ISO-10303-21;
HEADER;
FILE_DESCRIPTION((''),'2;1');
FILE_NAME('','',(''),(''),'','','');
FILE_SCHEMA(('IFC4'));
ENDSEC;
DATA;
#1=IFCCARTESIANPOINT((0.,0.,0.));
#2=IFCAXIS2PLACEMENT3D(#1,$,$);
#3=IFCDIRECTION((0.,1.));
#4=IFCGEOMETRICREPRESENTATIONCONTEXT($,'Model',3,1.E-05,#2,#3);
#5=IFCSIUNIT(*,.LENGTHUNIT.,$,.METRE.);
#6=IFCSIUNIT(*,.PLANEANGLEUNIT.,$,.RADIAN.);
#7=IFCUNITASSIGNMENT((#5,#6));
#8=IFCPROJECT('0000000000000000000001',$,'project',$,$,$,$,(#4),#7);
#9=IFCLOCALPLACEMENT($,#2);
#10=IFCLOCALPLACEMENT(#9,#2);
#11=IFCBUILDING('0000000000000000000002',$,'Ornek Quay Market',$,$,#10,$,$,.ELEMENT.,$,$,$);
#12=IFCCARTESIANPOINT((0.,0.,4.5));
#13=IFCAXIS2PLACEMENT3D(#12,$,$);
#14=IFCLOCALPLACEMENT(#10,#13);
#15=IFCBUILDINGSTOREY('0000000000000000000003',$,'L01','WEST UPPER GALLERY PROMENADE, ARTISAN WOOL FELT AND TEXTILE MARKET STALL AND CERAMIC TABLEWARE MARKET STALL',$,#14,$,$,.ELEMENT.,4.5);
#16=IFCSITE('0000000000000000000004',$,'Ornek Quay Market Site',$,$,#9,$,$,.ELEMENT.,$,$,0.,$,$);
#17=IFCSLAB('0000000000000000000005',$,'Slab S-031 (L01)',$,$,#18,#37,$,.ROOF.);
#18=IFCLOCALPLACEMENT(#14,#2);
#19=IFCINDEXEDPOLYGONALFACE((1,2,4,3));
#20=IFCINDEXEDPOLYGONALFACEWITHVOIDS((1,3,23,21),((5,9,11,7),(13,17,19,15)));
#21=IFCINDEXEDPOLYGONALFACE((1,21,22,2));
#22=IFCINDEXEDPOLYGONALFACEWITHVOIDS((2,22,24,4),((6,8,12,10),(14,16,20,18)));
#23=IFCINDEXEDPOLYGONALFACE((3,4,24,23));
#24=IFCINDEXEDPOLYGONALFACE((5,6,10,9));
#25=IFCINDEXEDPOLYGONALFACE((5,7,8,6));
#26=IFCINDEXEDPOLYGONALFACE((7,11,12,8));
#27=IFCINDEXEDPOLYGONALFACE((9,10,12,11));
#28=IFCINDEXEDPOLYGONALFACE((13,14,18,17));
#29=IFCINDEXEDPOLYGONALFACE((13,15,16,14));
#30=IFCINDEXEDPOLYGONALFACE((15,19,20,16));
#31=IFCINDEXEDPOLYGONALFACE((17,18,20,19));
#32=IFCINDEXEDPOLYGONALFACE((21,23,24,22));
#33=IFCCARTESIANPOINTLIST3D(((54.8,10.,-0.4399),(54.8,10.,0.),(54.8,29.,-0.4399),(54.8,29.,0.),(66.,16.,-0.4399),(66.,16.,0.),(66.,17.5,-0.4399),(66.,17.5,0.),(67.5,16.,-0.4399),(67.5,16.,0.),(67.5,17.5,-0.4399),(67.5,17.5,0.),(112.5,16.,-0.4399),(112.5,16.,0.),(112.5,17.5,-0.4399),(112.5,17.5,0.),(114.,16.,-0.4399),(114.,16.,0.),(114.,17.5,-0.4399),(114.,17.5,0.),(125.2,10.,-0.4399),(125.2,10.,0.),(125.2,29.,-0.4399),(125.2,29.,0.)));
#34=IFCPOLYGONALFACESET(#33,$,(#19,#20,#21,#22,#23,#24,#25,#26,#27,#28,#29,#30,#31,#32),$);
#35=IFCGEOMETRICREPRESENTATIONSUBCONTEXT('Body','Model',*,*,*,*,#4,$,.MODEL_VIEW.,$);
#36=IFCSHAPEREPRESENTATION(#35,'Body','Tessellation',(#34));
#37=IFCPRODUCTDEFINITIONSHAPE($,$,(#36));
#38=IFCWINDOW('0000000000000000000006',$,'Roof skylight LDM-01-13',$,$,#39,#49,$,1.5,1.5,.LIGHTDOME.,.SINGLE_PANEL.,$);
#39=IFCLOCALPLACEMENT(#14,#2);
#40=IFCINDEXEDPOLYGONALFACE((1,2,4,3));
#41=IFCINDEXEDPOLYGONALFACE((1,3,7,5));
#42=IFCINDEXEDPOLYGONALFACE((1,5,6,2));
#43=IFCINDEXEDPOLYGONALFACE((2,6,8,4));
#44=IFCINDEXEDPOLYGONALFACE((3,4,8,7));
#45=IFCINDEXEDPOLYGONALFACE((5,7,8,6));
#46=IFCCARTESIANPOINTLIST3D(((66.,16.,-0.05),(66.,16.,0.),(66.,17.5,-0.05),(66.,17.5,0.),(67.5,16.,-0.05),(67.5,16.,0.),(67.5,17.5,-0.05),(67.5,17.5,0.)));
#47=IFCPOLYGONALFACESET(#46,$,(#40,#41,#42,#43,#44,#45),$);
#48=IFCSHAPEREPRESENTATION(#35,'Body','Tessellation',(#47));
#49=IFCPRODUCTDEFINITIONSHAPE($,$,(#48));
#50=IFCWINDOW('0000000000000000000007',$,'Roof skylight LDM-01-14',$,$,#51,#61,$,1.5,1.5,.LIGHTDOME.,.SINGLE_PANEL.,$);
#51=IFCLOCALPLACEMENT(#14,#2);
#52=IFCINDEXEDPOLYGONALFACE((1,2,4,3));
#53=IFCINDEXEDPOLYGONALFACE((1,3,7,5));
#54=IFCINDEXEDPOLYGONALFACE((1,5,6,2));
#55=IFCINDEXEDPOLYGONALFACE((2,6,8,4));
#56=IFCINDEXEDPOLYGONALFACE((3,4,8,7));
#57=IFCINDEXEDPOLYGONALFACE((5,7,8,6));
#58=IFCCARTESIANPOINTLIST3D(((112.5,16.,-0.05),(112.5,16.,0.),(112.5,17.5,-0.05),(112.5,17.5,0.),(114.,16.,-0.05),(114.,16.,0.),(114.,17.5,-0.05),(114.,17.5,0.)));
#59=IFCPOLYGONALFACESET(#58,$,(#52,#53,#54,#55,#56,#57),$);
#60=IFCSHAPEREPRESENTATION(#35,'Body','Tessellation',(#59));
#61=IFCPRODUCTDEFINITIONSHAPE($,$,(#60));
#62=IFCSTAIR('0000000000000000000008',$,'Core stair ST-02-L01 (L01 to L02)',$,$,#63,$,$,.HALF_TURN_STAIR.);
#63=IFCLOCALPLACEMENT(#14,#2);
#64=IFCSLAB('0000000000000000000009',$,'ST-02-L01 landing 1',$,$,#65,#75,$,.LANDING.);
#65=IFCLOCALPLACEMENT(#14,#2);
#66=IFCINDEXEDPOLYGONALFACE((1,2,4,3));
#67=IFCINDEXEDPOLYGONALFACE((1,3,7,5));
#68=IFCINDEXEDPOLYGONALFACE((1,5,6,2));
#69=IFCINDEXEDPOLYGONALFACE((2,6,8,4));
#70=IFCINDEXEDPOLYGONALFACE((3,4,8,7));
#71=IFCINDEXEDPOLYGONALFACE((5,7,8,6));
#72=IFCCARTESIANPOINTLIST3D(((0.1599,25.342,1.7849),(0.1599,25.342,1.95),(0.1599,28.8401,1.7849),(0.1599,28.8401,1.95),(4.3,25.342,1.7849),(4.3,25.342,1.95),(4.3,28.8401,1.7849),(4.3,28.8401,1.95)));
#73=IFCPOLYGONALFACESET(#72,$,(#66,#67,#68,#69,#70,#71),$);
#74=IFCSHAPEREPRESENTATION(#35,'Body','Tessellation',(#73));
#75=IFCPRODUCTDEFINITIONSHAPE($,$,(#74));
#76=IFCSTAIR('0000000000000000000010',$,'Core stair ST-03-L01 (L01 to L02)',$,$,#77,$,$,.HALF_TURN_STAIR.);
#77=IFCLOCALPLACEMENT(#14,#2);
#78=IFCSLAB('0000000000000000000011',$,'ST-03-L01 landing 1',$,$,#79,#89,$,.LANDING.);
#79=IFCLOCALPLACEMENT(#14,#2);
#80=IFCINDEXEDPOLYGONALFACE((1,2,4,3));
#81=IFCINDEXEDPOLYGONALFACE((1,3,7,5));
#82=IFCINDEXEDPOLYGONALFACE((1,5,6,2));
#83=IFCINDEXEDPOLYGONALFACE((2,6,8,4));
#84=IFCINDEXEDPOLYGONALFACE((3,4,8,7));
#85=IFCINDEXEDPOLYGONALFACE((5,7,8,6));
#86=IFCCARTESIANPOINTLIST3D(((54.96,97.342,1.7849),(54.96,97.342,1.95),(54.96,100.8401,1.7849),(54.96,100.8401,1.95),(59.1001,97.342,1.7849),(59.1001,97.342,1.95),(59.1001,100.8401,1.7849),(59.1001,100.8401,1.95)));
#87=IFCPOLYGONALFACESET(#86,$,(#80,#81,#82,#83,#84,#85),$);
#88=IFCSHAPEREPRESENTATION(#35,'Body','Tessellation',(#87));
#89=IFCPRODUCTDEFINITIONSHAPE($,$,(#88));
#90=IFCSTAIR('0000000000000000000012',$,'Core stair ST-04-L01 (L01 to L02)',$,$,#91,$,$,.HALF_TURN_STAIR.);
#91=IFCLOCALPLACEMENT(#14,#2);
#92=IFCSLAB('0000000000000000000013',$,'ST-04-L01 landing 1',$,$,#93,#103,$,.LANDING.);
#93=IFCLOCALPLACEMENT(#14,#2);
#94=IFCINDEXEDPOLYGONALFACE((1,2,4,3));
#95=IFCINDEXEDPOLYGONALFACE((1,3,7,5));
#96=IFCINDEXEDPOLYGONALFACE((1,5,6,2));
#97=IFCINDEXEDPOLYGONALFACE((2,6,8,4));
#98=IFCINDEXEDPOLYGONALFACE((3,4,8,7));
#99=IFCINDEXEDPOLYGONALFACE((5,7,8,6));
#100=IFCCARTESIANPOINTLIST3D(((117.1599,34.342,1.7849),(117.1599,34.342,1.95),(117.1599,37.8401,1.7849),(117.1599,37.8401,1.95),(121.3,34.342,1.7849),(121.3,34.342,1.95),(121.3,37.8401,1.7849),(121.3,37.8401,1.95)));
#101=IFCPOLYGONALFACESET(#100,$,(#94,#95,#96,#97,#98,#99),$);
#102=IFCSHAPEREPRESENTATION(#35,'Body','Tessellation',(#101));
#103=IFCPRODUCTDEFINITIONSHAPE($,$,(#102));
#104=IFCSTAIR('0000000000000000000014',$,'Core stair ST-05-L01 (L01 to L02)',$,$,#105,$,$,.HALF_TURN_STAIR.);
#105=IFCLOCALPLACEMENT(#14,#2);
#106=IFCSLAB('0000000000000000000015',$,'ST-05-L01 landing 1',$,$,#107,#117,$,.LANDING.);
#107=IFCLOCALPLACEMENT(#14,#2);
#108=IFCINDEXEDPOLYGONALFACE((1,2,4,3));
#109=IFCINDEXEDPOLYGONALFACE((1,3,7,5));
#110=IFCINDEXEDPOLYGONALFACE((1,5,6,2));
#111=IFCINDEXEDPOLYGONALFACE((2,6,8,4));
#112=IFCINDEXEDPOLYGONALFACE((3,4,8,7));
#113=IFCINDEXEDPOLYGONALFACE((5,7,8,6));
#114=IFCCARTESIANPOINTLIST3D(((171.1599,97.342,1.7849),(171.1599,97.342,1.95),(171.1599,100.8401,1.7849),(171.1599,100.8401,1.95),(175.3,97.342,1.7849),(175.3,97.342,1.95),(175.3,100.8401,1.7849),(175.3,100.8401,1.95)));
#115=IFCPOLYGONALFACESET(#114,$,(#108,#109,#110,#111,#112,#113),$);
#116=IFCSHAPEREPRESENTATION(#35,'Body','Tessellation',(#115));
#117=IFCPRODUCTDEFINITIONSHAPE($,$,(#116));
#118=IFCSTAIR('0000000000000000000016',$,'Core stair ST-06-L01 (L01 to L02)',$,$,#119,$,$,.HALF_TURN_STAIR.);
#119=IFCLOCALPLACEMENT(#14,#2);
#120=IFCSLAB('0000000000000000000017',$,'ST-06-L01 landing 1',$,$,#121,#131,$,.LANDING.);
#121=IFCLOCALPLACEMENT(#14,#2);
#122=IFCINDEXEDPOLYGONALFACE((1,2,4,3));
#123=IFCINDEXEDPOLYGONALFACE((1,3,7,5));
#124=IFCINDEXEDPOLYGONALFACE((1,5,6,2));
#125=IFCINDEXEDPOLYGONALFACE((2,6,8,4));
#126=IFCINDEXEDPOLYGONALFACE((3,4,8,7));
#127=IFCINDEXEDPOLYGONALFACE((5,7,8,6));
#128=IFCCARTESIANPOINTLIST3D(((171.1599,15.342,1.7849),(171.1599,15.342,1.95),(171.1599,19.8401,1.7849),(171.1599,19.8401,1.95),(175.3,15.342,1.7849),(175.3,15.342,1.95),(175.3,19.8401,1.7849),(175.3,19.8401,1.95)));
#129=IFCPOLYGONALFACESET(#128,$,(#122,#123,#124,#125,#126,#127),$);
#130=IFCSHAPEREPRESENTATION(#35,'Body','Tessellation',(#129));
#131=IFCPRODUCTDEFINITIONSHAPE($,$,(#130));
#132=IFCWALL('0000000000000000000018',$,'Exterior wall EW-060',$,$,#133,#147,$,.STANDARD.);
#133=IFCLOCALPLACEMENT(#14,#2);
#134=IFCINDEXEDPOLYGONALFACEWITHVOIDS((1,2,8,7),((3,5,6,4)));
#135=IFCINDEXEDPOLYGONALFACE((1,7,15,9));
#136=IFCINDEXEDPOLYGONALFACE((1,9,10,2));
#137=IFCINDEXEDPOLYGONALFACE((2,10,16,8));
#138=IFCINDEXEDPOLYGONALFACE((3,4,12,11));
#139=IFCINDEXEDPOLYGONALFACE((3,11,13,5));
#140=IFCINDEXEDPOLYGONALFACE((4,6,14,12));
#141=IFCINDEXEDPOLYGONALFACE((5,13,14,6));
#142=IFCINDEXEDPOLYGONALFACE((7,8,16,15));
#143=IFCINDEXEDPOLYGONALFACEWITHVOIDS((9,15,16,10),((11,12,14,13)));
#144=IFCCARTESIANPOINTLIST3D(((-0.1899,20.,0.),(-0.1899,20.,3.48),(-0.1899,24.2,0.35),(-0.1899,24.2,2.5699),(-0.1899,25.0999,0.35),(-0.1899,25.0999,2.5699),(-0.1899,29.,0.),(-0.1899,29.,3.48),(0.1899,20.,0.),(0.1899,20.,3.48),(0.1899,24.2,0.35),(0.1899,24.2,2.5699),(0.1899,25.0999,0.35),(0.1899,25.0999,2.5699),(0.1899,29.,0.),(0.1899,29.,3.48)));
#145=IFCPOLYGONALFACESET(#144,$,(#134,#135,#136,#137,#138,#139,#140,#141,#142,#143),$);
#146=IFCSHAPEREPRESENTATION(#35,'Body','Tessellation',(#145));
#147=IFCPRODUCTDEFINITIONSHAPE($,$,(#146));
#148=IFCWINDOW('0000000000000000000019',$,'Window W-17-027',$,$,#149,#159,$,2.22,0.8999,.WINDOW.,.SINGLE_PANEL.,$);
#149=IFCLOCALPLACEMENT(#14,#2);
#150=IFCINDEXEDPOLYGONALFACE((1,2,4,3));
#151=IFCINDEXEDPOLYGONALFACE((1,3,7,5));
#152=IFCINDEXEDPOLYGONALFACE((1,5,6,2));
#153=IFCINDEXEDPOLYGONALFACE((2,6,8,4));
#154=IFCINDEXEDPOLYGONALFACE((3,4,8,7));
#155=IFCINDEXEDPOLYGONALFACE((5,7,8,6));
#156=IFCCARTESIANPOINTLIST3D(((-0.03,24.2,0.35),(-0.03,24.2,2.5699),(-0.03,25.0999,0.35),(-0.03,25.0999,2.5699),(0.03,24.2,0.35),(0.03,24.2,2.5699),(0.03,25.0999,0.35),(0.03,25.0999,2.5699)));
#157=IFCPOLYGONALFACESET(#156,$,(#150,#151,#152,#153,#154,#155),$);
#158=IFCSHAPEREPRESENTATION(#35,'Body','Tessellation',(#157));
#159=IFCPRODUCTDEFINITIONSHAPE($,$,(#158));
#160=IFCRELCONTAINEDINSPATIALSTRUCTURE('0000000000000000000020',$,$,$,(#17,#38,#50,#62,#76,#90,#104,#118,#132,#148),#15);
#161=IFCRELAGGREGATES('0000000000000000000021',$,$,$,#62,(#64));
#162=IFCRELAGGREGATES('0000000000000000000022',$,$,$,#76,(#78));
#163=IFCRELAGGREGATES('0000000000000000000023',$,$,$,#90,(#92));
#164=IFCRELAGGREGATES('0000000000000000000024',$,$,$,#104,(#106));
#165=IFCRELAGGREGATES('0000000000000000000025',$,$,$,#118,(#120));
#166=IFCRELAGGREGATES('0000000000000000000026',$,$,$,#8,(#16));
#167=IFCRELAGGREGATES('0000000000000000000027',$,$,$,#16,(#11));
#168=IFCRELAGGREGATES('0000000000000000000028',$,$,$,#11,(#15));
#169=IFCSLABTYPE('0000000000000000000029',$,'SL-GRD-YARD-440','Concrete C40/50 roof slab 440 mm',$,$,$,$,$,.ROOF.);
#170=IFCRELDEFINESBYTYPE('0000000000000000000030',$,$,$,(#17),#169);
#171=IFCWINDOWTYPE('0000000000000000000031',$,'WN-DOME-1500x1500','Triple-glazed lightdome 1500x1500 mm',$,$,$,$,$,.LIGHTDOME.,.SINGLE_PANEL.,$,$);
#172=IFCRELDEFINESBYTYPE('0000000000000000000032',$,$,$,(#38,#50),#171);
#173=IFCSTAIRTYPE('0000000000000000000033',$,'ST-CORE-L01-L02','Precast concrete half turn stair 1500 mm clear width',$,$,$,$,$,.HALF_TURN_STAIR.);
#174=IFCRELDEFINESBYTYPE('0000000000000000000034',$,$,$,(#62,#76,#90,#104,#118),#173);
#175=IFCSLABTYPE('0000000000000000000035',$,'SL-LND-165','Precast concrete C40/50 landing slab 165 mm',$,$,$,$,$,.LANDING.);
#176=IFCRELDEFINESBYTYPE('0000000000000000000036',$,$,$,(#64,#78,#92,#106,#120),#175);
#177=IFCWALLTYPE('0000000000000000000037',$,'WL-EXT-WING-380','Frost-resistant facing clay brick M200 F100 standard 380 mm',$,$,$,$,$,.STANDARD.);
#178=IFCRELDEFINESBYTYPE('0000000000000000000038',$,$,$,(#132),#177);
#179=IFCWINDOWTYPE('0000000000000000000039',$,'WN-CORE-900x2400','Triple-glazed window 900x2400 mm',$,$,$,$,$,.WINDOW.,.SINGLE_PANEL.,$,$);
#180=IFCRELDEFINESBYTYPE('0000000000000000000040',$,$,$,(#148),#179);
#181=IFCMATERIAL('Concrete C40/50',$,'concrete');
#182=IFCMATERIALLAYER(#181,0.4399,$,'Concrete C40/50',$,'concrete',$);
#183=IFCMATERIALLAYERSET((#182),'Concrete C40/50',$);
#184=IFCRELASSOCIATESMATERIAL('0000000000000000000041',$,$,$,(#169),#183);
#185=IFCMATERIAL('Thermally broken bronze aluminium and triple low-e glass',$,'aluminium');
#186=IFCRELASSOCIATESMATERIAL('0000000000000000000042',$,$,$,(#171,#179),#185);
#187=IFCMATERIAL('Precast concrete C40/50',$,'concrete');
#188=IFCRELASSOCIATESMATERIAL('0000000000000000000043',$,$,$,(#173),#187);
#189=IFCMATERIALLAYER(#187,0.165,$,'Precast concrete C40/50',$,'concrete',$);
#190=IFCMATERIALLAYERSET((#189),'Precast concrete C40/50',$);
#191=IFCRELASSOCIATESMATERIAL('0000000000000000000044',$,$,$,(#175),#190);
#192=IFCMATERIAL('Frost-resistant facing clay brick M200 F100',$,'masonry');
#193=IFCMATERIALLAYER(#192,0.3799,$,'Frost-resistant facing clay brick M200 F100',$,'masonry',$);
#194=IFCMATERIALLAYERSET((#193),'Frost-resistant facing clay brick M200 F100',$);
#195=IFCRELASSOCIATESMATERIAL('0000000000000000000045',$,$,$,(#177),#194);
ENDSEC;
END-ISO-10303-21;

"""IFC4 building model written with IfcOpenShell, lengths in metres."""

from ifc_helpers import new_model, si_unit, direction, frame, frame_2d, origin, origin_2d, place, context, subcontext, project, spatial, polyline, rectangle, outline, extrude, material, layer, layer_set, type_object, element, fill, aggregate, save


model = new_model("IFC4")

# Units and contexts
model_context = context("Model", 3, precision=1e-05, world=origin(), true_north=direction((0.0, 1.0)))
body_context = subcontext(model_context, "Body", "Model", "MODEL_VIEW")
ifc_project = project(units=[si_unit("LENGTHUNIT", "METRE"), si_unit("PLANEANGLEUNIT", "RADIAN")], contexts=[model_context])

# Site, building, storey
site_placement = place(None, origin())
site = spatial("IfcSite", under=ifc_project, at=site_placement, Name="Ornek Quay Market Site", CompositionType="ELEMENT", RefElevation=0.0)
building_placement = place(site_placement, origin())
building = spatial("IfcBuilding", under=site, at=building_placement, Name="Ornek Quay Market", CompositionType="ELEMENT")
storey_placement = place(building_placement, frame((0.0, 0.0, 4.5)))
storey = spatial("IfcBuildingStorey", under=building, at=storey_placement, Name="L01", Description="WEST UPPER GALLERY PROMENADE, ARTISAN WOOL FELT AND TEXTILE MARKET STALL AND CERAMIC TABLEWARE MARKET STALL", CompositionType="ELEMENT", Elevation=4.5)

# Shared definitions
ifc_material_1 = material(Name="Concrete C40/50", Category="concrete")

# Slab, openings, windows
ifc_layer_1 = layer(ifc_material_1, 0.4399, Name="Concrete C40/50", Category="concrete")
ifc_layer_set_1 = layer_set([ifc_layer_1], Name="Concrete C40/50")
slab_type_1 = type_object("IfcSlabType", Name="SL-GRD-YARD-440", Description="Concrete C40/50 roof slab 440 mm", PredefinedType="ROOF", material=ifc_layer_set_1)
slab_1_placement = place(storey_placement, frame((0.0, 0.0, -0.4399)))
slab_1 = element("IfcSlab", 1, at=slab_1_placement, inside=storey, type_object=slab_type_1, Name="Slab S-031 (L01)", PredefinedType="ROOF", context=body_context, shape_type="SweptSolid", body=[
    extrude(outline(polyline([(54.8, 10.0), (125.2, 10.0), (125.2, 29.0), (54.8, 29.0), (54.8, 10.0)]), holes=[polyline([(67.5, 17.5), (67.5, 16.0), (66.0, 16.0), (66.0, 17.5), (67.5, 17.5)]), polyline([(114.0, 17.5), (114.0, 16.0), (112.5, 16.0), (112.5, 17.5), (114.0, 17.5)])]), origin(), (0.0, 0.0, 1.0), 0.4399),
])
opening_1_placement = place(slab_1_placement, frame((66.75, 16.75, -0.01)))
opening_1 = element("IfcOpeningElement", 2, at=opening_1_placement, cuts=slab_1, PredefinedType="OPENING", context=body_context, shape_type="SweptSolid", body=[
    extrude(rectangle(XDim=1.5, YDim=1.5, at=origin_2d()), origin(), (0.0, 0.0, 1.0), 0.46),
])
opening_2_placement = place(slab_1_placement, frame((113.25, 16.75, -0.01)))
opening_2 = element("IfcOpeningElement", 3, at=opening_2_placement, cuts=slab_1, PredefinedType="OPENING", context=body_context, shape_type="SweptSolid", body=[
    extrude(rectangle(XDim=1.5, YDim=1.5, at=origin_2d()), origin(), (0.0, 0.0, 1.0), 0.46),
])
ifc_material_2 = material(Name="Thermally broken bronze aluminium and triple low-e glass", Category="aluminium")
window_type_1 = type_object("IfcWindowType", Name="WN-DOME-1500x1500", Description="Triple-glazed lightdome 1500x1500 mm", PartitioningType="SINGLE_PANEL", PredefinedType="LIGHTDOME", material=ifc_material_2)
window_1_placement = place(opening_1_placement, frame((0.0, 0.0, 0.3999)))
window_1 = element("IfcWindow", 4, at=window_1_placement, inside=storey, type_object=window_type_1, Name="Roof skylight LDM-01-13", OverallHeight=1.5, OverallWidth=1.5, PartitioningType="SINGLE_PANEL", PredefinedType="LIGHTDOME", context=body_context, shape_type="SweptSolid", body=[
    extrude(rectangle(XDim=1.5, YDim=1.5, at=origin_2d()), origin(), (0.0, 0.0, 1.0), 0.05),
])
fill(opening_1, window_1)
window_2_placement = place(opening_2_placement, frame((0.0, 0.0, 0.3999)))
window_2 = element("IfcWindow", 5, at=window_2_placement, inside=storey, type_object=window_type_1, Name="Roof skylight LDM-01-14", OverallHeight=1.5, OverallWidth=1.5, PartitioningType="SINGLE_PANEL", PredefinedType="LIGHTDOME", context=body_context, shape_type="SweptSolid", body=[
    extrude(rectangle(XDim=1.5, YDim=1.5, at=origin_2d()), origin(), (0.0, 0.0, 1.0), 0.05),
])
fill(opening_2, window_2)

# Stairs, slabs
ifc_material_3 = material(Name="Precast concrete C40/50", Category="concrete")
stair_type = type_object("IfcStairType", Name="ST-CORE-L01-L02", Description="Precast concrete half turn stair 1500 mm clear width", PredefinedType="HALF_TURN_STAIR", material=ifc_material_3)
stair_1_placement = place(storey_placement, origin())
stair_1 = element("IfcStair", 6, at=stair_1_placement, inside=storey, type_object=stair_type, Name="Core stair ST-02-L01 (L01 to L02)", PredefinedType="HALF_TURN_STAIR")
ifc_layer_2 = layer(ifc_material_3, 0.165, Name="Precast concrete C40/50", Category="concrete")
ifc_layer_set_2 = layer_set([ifc_layer_2], Name="Precast concrete C40/50")
slab_type_2 = type_object("IfcSlabType", Name="SL-LND-165", Description="Precast concrete C40/50 landing slab 165 mm", PredefinedType="LANDING", material=ifc_layer_set_2)
slab_2_placement = place(storey_placement, frame((0.0, 0.0, 1.7849)))
slab_2 = element("IfcSlab", 7, at=slab_2_placement, type_object=slab_type_2, Name="ST-02-L01 landing 1", PredefinedType="LANDING", context=body_context, shape_type="SweptSolid", body=[
    extrude(outline(polyline([(0.1599, 25.342), (4.3, 25.342), (4.3, 28.8401), (0.1599, 28.8401), (0.1599, 25.342)])), origin(), (0.0, 0.0, 1.0), 0.165),
])
aggregate(stair_1, [slab_2])
stair_2_placement = place(storey_placement, origin())
stair_2 = element("IfcStair", 8, at=stair_2_placement, inside=storey, type_object=stair_type, Name="Core stair ST-03-L01 (L01 to L02)", PredefinedType="HALF_TURN_STAIR")
slab_3_placement = place(storey_placement, frame((0.0, 0.0, 1.7849)))
slab_3 = element("IfcSlab", 9, at=slab_3_placement, type_object=slab_type_2, Name="ST-03-L01 landing 1", PredefinedType="LANDING", context=body_context, shape_type="SweptSolid", body=[
    extrude(outline(polyline([(54.96, 97.342), (59.1001, 97.342), (59.1001, 100.8401), (54.96, 100.8401), (54.96, 97.342)])), origin(), (0.0, 0.0, 1.0), 0.165),
])
aggregate(stair_2, [slab_3])
stair_3_placement = place(storey_placement, origin())
stair_3 = element("IfcStair", 10, at=stair_3_placement, inside=storey, type_object=stair_type, Name="Core stair ST-04-L01 (L01 to L02)", PredefinedType="HALF_TURN_STAIR")
slab_4_placement = place(storey_placement, frame((0.0, 0.0, 1.7849)))
slab_4 = element("IfcSlab", 11, at=slab_4_placement, type_object=slab_type_2, Name="ST-04-L01 landing 1", PredefinedType="LANDING", context=body_context, shape_type="SweptSolid", body=[
    extrude(outline(polyline([(117.1599, 34.342), (121.3, 34.342), (121.3, 37.8401), (117.1599, 37.8401), (117.1599, 34.342)])), origin(), (0.0, 0.0, 1.0), 0.165),
])
aggregate(stair_3, [slab_4])
stair_4_placement = place(storey_placement, origin())
stair_4 = element("IfcStair", 12, at=stair_4_placement, inside=storey, type_object=stair_type, Name="Core stair ST-05-L01 (L01 to L02)", PredefinedType="HALF_TURN_STAIR")
slab_5_placement = place(storey_placement, frame((0.0, 0.0, 1.7849)))
slab_5 = element("IfcSlab", 13, at=slab_5_placement, type_object=slab_type_2, Name="ST-05-L01 landing 1", PredefinedType="LANDING", context=body_context, shape_type="SweptSolid", body=[
    extrude(outline(polyline([(171.1599, 97.342), (175.3, 97.342), (175.3, 100.8401), (171.1599, 100.8401), (171.1599, 97.342)])), origin(), (0.0, 0.0, 1.0), 0.165),
])
aggregate(stair_4, [slab_5])
stair_5_placement = place(storey_placement, origin())
stair_5 = element("IfcStair", 14, at=stair_5_placement, inside=storey, type_object=stair_type, Name="Core stair ST-06-L01 (L01 to L02)", PredefinedType="HALF_TURN_STAIR")
slab_6_placement = place(storey_placement, frame((0.0, 0.0, 1.7849)))
slab_6 = element("IfcSlab", 15, at=slab_6_placement, type_object=slab_type_2, Name="ST-06-L01 landing 1", PredefinedType="LANDING", context=body_context, shape_type="SweptSolid", body=[
    extrude(outline(polyline([(171.1599, 15.342), (175.3, 15.342), (175.3, 19.8401), (171.1599, 19.8401), (171.1599, 15.342)])), origin(), (0.0, 0.0, 1.0), 0.165),
])
aggregate(stair_5, [slab_6])

# Wall, opening, window
ifc_material_4 = material(Name="Frost-resistant facing clay brick M200 F100", Category="masonry")
ifc_layer_3 = layer(ifc_material_4, 0.3799, Name="Frost-resistant facing clay brick M200 F100", Category="masonry")
ifc_layer_set_3 = layer_set([ifc_layer_3], Name="Frost-resistant facing clay brick M200 F100")
wall_type = type_object("IfcWallType", Name="WL-EXT-WING-380", Description="Frost-resistant facing clay brick M200 F100 standard 380 mm", PredefinedType="STANDARD", material=ifc_layer_set_3)
wall_placement = place(storey_placement, frame((0.0, 20.0, 0.0), z_axis=(0.0, 0.0, 1.0), x_axis=(0.0, 1.0, 0.0)))
wall = element("IfcWall", 16, at=wall_placement, inside=storey, type_object=wall_type, Name="Exterior wall EW-060", PredefinedType="STANDARD", context=body_context, shape_type="SweptSolid", body=[
    extrude(rectangle(XDim=9.0, YDim=0.3799, at=frame_2d((4.5, 0.0))), origin(), (0.0, 0.0, 1.0), 3.48),
])
opening_3_placement = place(wall_placement, frame((4.2, 0.0, 0.3501)))
opening_3 = element("IfcOpeningElement", 17, at=opening_3_placement, cuts=wall, PredefinedType="OPENING", context=body_context, shape_type="SweptSolid", body=[
    extrude(rectangle(XDim=0.8999, YDim=2.22, at=frame_2d((0.45, 1.1099))), frame((0.0, 0.2, 0.0), z_axis=(0.0, -1.0, 0.0), x_axis=(1.0, 0.0, 0.0)), (0.0, 0.0, 1.0), 0.3999),
])
window_type_2 = type_object("IfcWindowType", Name="WN-CORE-900x2400", Description="Triple-glazed window 900x2400 mm", PartitioningType="SINGLE_PANEL", PredefinedType="WINDOW", material=ifc_material_2)
window_3_placement = place(opening_3_placement, origin())
window_3 = element("IfcWindow", 18, at=window_3_placement, inside=storey, type_object=window_type_2, Name="Window W-17-027", OverallHeight=2.22, OverallWidth=0.8999, PartitioningType="SINGLE_PANEL", PredefinedType="WINDOW", context=body_context, shape_type="SweptSolid", body=[
    extrude(rectangle(XDim=0.8999, YDim=2.22, at=frame_2d((0.45, 1.1099))), frame((0.0, 0.03, 0.0), z_axis=(0.0, -1.0, 0.0), x_axis=(1.0, 0.0, 0.0)), (0.0, 0.0, 1.0), 0.0601),
])
fill(opening_3, window_3)

save(model, "model.ifc")
